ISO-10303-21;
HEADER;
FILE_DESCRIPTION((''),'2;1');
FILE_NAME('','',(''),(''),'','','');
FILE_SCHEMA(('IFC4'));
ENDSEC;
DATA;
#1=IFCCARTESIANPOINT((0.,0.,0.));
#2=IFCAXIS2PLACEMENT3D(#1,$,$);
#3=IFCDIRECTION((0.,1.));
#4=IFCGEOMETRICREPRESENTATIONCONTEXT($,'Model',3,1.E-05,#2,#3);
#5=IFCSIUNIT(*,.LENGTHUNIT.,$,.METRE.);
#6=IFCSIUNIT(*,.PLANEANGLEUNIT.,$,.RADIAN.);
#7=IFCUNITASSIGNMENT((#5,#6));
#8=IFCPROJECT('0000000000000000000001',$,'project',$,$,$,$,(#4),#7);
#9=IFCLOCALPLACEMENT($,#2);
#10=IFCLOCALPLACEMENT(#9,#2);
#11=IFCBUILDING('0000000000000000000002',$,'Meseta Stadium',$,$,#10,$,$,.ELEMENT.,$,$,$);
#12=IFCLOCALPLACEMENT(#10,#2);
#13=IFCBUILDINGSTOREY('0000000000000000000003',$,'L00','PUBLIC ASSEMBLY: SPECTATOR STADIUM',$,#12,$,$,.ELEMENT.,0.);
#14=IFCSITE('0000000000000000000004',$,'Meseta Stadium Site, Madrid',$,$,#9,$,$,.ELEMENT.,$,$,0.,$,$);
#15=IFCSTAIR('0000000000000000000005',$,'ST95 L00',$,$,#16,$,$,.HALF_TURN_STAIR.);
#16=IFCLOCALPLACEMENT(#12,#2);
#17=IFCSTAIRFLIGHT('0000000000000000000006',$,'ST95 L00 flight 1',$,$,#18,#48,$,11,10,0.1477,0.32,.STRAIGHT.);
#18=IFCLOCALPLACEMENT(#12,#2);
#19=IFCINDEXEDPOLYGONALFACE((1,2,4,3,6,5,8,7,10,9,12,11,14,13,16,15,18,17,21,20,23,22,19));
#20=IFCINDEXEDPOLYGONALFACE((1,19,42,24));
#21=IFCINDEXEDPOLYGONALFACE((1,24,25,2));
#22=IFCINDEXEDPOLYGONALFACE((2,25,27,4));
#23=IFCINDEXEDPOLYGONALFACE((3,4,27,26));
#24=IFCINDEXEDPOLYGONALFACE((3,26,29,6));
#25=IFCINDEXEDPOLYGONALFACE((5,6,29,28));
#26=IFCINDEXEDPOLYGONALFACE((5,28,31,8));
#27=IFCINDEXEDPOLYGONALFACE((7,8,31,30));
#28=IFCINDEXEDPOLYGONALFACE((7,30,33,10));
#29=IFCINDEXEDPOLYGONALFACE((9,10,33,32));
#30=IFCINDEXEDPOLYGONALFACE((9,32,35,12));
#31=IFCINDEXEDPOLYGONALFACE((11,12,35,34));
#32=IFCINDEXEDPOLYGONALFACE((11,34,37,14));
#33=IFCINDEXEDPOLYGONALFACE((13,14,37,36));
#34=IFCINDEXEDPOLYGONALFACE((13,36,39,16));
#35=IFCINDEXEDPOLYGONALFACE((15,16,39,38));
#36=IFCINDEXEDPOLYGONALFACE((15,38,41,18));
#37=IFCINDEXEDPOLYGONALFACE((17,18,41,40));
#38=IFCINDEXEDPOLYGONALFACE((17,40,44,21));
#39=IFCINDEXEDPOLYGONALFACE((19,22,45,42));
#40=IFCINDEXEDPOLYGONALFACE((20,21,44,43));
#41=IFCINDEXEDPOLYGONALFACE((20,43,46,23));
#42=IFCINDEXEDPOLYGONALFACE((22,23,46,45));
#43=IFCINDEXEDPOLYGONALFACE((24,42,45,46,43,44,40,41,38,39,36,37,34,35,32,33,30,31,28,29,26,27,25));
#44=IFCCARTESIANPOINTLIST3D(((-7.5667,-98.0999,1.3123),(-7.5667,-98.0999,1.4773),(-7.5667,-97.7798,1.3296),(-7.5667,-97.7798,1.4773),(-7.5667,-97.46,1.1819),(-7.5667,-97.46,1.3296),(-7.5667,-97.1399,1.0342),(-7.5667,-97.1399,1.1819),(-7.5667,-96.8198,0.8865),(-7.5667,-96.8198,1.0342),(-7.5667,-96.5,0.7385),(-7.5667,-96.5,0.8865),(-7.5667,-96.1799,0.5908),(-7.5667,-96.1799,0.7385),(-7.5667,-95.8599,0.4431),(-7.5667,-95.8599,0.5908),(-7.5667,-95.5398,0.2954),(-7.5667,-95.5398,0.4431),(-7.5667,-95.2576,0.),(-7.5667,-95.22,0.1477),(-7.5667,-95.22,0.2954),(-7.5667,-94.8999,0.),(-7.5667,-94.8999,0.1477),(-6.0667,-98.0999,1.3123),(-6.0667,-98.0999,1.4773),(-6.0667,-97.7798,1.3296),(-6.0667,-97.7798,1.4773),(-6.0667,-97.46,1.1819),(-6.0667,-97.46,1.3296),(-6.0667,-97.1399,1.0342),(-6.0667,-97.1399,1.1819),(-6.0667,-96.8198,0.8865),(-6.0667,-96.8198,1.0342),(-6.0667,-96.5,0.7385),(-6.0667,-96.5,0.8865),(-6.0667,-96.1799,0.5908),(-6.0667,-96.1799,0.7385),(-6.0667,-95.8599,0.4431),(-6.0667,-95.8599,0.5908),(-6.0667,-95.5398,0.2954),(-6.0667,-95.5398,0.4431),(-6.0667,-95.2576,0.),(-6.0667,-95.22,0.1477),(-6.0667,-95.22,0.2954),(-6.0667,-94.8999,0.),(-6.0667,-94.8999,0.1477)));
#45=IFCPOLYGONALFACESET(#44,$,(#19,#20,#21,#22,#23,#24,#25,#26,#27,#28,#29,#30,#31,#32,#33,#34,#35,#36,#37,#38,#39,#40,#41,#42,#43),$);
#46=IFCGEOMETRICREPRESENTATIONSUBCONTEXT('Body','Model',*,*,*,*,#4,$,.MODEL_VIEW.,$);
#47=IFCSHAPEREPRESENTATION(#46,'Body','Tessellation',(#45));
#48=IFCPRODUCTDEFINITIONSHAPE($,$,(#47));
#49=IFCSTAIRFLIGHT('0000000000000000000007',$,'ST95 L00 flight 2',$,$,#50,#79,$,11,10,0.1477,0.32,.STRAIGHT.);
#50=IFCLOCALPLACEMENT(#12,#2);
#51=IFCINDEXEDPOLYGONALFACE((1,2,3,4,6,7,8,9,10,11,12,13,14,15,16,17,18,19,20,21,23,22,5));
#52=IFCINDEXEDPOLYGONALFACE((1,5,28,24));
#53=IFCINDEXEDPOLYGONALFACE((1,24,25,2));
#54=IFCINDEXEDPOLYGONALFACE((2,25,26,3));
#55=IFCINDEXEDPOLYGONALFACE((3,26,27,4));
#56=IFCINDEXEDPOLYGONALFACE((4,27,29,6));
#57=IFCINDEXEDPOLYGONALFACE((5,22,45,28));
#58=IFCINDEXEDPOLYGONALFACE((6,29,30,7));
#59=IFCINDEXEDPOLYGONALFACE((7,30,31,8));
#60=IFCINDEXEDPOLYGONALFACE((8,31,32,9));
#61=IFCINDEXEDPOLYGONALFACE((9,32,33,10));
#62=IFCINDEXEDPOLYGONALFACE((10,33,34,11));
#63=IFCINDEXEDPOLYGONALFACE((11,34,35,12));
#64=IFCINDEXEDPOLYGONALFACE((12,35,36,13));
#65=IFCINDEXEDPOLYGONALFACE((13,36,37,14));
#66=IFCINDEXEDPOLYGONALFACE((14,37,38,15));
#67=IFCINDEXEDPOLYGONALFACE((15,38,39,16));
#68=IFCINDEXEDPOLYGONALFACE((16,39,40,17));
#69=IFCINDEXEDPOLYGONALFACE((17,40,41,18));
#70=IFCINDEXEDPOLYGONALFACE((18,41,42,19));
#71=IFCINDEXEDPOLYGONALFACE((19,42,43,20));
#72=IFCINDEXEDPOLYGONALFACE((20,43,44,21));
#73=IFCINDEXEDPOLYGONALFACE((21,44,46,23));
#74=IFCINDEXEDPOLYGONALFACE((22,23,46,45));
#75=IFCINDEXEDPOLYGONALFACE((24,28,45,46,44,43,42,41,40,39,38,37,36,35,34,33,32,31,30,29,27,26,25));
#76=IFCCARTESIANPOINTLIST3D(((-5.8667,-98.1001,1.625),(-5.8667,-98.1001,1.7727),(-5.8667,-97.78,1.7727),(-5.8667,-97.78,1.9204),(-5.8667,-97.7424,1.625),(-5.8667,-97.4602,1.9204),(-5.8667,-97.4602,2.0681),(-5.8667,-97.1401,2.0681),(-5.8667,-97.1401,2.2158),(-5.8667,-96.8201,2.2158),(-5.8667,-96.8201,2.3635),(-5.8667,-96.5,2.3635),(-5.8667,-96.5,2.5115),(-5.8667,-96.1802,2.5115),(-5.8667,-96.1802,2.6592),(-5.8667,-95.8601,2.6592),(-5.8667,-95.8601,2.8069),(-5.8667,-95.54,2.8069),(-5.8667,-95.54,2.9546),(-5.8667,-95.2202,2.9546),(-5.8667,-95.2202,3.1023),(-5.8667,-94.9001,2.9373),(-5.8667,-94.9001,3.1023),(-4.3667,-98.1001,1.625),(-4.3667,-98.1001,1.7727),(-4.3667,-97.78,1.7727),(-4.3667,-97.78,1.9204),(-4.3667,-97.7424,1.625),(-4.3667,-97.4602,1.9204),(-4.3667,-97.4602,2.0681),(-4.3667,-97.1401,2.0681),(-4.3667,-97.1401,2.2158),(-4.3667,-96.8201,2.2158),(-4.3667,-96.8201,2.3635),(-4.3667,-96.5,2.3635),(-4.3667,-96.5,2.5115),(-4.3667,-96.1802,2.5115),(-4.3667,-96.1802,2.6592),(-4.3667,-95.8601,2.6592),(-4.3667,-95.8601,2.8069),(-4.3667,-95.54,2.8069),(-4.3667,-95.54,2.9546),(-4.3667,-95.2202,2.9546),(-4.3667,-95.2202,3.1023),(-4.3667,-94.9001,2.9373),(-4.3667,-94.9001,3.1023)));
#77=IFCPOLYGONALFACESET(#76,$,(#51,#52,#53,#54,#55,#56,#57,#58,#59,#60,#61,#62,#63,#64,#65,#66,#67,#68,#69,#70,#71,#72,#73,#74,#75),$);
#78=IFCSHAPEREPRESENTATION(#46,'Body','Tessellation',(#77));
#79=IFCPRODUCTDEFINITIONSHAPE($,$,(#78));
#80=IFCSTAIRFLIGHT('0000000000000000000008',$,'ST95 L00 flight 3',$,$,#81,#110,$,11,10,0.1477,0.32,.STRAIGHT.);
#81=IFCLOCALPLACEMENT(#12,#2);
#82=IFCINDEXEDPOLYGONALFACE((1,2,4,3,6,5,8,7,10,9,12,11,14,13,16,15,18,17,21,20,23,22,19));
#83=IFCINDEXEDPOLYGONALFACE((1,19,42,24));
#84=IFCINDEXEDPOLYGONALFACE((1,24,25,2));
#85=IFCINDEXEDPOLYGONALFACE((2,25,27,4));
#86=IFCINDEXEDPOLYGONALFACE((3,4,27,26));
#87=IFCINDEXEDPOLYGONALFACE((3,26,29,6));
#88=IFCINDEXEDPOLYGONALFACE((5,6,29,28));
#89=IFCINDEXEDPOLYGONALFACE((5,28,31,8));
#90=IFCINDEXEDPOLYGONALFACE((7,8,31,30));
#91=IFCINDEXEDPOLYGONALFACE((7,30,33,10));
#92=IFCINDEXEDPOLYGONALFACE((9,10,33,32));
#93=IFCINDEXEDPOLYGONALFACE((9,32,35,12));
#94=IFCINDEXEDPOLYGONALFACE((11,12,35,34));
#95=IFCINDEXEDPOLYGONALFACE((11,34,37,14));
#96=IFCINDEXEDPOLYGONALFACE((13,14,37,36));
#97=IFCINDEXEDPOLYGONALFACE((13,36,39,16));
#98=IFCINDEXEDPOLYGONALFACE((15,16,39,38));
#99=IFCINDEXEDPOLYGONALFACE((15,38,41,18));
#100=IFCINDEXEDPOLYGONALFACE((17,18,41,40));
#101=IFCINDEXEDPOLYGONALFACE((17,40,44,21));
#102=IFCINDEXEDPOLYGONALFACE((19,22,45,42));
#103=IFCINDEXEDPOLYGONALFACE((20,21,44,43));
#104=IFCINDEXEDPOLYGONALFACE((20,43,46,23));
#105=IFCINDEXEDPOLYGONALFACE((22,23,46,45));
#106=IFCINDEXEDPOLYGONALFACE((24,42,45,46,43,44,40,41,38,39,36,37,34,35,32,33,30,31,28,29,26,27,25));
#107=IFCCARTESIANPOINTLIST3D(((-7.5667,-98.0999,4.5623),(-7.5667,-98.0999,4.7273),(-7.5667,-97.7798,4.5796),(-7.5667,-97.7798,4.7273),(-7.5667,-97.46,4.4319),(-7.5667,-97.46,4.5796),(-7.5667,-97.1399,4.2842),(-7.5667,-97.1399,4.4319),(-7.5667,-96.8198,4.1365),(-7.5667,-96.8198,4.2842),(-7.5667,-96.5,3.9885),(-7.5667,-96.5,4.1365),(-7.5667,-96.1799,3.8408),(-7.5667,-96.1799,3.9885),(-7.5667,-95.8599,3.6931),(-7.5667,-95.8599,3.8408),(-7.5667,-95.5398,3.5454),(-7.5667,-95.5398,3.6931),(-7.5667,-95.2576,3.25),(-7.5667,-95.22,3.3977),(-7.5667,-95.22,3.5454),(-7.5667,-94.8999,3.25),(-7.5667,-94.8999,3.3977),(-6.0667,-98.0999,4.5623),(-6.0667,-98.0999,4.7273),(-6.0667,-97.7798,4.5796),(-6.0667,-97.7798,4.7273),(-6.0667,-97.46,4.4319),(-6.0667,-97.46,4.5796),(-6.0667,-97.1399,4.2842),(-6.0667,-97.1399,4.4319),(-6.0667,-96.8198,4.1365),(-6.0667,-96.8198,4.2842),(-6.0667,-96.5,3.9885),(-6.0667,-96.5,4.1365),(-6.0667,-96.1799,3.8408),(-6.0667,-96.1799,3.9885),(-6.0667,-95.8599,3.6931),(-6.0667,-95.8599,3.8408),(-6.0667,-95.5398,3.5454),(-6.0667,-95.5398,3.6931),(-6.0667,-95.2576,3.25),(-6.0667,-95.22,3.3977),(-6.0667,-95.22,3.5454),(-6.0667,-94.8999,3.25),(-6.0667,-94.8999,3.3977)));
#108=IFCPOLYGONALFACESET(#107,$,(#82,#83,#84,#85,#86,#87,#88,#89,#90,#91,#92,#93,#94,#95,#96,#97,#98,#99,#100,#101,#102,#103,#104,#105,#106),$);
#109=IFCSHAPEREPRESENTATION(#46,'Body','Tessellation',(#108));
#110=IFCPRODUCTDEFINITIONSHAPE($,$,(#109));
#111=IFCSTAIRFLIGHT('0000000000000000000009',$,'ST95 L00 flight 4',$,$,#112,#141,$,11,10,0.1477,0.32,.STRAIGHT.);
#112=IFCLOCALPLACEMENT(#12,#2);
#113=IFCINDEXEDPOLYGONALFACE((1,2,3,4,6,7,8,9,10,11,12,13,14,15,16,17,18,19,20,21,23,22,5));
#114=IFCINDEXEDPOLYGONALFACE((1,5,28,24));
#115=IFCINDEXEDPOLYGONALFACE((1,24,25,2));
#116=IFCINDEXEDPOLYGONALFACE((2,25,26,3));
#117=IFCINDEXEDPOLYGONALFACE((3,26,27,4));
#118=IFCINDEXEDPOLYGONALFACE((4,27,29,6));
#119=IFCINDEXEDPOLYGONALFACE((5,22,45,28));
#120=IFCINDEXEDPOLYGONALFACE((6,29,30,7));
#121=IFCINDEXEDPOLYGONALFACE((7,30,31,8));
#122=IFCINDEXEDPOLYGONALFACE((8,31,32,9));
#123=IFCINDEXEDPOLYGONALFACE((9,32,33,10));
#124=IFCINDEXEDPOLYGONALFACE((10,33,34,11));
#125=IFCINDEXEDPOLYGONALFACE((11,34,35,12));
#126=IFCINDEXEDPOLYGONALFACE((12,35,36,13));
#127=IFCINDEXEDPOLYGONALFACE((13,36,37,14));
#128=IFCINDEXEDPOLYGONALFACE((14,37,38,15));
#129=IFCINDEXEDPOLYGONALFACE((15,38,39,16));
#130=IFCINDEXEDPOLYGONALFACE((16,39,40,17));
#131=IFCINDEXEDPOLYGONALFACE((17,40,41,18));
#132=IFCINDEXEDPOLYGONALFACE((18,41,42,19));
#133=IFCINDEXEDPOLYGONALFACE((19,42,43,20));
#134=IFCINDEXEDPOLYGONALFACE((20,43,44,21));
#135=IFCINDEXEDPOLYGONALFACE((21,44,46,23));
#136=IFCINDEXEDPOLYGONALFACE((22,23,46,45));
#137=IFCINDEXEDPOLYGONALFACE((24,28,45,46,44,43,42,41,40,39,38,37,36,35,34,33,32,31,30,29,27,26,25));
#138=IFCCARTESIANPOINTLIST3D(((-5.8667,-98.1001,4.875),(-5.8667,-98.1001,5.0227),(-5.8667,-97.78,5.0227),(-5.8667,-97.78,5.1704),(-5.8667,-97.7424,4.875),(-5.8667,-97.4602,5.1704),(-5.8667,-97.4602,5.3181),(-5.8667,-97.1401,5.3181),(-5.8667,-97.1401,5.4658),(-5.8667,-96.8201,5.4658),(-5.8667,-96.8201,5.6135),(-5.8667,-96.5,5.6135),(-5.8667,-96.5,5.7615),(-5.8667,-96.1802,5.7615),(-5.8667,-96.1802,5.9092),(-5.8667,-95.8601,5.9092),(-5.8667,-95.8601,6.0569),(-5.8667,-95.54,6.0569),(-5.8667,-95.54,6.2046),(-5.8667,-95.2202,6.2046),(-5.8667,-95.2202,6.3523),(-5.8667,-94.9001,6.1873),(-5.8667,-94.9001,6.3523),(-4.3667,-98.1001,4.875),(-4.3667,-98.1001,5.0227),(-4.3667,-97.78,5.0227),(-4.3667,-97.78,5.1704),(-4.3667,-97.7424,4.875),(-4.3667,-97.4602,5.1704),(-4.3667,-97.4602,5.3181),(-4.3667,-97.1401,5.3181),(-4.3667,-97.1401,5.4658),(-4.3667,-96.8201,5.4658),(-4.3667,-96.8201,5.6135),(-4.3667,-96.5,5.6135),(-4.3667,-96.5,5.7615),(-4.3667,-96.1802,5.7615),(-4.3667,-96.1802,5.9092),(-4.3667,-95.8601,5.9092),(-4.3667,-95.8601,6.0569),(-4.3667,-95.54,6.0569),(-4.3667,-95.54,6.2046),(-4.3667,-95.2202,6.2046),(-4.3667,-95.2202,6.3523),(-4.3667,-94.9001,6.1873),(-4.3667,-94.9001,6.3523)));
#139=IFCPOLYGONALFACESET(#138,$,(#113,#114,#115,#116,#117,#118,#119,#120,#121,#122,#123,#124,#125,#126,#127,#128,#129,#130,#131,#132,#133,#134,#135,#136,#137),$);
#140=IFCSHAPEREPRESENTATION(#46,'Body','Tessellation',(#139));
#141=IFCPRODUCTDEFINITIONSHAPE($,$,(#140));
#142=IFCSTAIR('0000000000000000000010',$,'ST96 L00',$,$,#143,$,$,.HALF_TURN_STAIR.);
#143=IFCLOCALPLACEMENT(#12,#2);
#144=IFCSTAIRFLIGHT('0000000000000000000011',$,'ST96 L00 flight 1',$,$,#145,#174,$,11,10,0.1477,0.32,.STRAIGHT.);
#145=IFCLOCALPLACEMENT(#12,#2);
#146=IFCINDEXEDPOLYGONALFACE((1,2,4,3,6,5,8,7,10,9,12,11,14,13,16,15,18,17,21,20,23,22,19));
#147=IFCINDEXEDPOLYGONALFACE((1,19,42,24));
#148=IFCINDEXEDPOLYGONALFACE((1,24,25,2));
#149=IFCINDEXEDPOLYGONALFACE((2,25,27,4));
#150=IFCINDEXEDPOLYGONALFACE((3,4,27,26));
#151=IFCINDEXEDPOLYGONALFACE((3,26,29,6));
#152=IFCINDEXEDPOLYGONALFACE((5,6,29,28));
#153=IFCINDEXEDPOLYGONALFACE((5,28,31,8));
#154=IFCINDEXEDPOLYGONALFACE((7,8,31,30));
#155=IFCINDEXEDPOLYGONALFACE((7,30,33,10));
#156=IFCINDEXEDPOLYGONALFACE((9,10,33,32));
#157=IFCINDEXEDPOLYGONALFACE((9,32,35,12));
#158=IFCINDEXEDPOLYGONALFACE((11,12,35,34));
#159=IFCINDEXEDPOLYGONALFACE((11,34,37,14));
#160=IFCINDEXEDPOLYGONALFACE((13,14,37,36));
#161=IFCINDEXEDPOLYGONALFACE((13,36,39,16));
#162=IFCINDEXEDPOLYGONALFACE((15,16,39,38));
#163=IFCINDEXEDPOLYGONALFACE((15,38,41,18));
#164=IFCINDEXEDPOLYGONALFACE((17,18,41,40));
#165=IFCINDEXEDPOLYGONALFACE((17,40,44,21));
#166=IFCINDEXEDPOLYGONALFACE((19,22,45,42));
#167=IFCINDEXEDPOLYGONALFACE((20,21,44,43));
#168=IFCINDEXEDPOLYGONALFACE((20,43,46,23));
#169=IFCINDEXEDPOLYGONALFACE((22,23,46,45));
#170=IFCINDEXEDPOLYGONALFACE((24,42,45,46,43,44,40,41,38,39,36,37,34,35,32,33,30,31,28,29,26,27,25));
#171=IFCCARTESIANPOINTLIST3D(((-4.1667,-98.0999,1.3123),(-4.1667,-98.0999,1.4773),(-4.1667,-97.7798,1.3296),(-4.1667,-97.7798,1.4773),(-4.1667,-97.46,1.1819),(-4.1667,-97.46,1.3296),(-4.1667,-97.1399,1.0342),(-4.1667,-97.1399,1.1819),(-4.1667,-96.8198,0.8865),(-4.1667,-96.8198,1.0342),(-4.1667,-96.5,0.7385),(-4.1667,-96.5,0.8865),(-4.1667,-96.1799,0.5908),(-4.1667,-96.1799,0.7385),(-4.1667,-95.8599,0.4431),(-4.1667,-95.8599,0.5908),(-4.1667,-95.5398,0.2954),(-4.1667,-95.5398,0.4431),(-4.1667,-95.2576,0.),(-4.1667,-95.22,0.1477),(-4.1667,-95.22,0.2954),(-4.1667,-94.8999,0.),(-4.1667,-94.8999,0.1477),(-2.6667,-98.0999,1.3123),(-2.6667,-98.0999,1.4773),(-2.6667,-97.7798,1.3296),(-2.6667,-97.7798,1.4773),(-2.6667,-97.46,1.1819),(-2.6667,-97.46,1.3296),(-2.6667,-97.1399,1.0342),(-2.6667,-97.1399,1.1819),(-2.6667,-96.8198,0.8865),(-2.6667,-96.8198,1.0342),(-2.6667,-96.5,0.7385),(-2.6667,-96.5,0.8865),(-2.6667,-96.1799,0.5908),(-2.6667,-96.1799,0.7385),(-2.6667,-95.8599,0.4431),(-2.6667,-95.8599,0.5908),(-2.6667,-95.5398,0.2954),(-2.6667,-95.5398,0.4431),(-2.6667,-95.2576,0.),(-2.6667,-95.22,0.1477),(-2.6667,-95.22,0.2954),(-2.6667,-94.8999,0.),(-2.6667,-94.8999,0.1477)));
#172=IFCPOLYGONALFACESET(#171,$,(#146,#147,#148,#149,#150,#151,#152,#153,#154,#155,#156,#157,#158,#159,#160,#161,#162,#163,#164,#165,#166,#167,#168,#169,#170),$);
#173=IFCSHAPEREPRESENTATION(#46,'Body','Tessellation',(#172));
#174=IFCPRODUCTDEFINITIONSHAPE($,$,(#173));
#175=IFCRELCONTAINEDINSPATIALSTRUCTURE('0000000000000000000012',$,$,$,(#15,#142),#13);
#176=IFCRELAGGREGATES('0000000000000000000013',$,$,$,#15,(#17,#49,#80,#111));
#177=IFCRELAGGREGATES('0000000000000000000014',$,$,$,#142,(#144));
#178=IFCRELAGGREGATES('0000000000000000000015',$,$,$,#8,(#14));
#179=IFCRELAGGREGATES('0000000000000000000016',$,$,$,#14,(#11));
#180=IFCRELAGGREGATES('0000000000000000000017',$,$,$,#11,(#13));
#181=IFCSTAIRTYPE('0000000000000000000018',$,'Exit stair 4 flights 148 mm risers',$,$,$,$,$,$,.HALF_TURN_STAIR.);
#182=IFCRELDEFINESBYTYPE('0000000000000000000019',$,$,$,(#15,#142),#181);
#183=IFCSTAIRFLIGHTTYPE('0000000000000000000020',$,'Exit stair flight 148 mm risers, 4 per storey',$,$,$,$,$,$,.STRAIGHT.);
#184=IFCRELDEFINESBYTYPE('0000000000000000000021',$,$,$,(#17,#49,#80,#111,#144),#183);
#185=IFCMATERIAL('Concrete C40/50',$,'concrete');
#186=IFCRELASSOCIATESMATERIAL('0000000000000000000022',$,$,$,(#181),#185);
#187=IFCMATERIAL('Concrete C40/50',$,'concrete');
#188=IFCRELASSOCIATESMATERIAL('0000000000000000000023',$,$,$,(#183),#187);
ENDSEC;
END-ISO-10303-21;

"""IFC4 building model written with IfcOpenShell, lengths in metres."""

from ifc_helpers import new_model, si_unit, direction, frame, origin, place, context, subcontext, project, spatial, polyline, outline, extrude, material, type_object, element, aggregate, save


model = new_model("IFC4")

# Units and contexts
model_context = context("Model", 3, precision=1e-05, world=origin(), true_north=direction((0.0, 1.0)))
body_context = subcontext(model_context, "Body", "Model", "MODEL_VIEW")
ifc_project = project(units=[si_unit("LENGTHUNIT", "METRE"), si_unit("PLANEANGLEUNIT", "RADIAN")], contexts=[model_context])

# Site, building, storey
site_placement = place(None, origin())
site = spatial("IfcSite", under=ifc_project, at=site_placement, Name="Meseta Stadium Site, Madrid", CompositionType="ELEMENT", RefElevation=0.0)
building_placement = place(site_placement, origin())
building = spatial("IfcBuilding", under=site, at=building_placement, Name="Meseta Stadium", CompositionType="ELEMENT")
storey_placement = place(building_placement, origin())
storey = spatial("IfcBuildingStorey", under=building, at=storey_placement, Name="L00", Description="PUBLIC ASSEMBLY: SPECTATOR STADIUM", CompositionType="ELEMENT", Elevation=0.0)

# Stairs, stair flights
ifc_material_1 = material(Name="Concrete C40/50", Category="concrete")
stair_type = type_object("IfcStairType", Name="Exit stair 4 flights 148 mm risers", PredefinedType="HALF_TURN_STAIR", material=ifc_material_1)
stair_1_placement = place(storey_placement, origin())
stair_1 = element("IfcStair", 1, at=stair_1_placement, inside=storey, type_object=stair_type, Name="ST95 L00", PredefinedType="HALF_TURN_STAIR")
ifc_material_2 = material(Name="Concrete C40/50", Category="concrete")
stair_flight_type = type_object("IfcStairFlightType", Name="Exit stair flight 148 mm risers, 4 per storey", PredefinedType="STRAIGHT", material=ifc_material_2)
stair_flight_1_placement = place(storey_placement, frame((-6.8167, -94.8999, 0.0), z_axis=(0.0, 0.0, 1.0), x_axis=(0.0, -1.0, 0.0)))
stair_flight_1 = element("IfcStairFlight", 2, at=stair_flight_1_placement, type_object=stair_flight_type, Name="ST95 L00 flight 1", NumberOfRisers=11, NumberOfTreads=10, PredefinedType="STRAIGHT", RiserHeight=0.1477, TreadLength=0.32, context=body_context, shape_type="SweptSolid", body=[
    extrude(outline(polyline([(0.0, 0.0), (0.0, 0.1477), (0.3201, 0.1477), (0.3201, 0.2954), (0.6399, 0.2954), (0.6399, 0.4431), (0.96, 0.4431), (0.96, 0.5908), (1.28, 0.5908), (1.28, 0.7385), (1.6001, 0.7385), (1.6001, 0.8865), (1.9199, 0.8865), (1.9199, 1.0342), (2.24, 1.0342), (2.24, 1.1819), (2.5601, 1.1819), (2.5601, 1.3296), (2.8799, 1.3296), (2.8799, 1.4773), (3.2, 1.4773), (3.2, 1.3123), (0.3577, 0.0), (0.0, 0.0)])), frame((0.0, 0.75, 0.0), z_axis=(0.0, -1.0, 0.0), x_axis=(1.0, 0.0, 0.0)), (0.0, 0.0, 1.0), 1.5),
])
stair_flight_2_placement = place(storey_placement, frame((-5.1167, -98.1001, 1.625), z_axis=(0.0, 0.0, 1.0), x_axis=(0.0, 1.0, 0.0)))
stair_flight_2 = element("IfcStairFlight", 3, at=stair_flight_2_placement, type_object=stair_flight_type, Name="ST95 L00 flight 2", NumberOfRisers=11, NumberOfTreads=10, PredefinedType="STRAIGHT", RiserHeight=0.1477, TreadLength=0.32, context=body_context, shape_type="SweptSolid", body=[
    extrude(outline(polyline([(0.0, 0.0), (0.0, 0.1477), (0.3201, 0.1477), (0.3201, 0.2954), (0.6399, 0.2954), (0.6399, 0.4431), (0.96, 0.4431), (0.96, 0.5908), (1.28, 0.5908), (1.28, 0.7385), (1.6001, 0.7385), (1.6001, 0.8865), (1.9199, 0.8865), (1.9199, 1.0342), (2.24, 1.0342), (2.24, 1.1819), (2.5601, 1.1819), (2.5601, 1.3296), (2.8799, 1.3296), (2.8799, 1.4773), (3.2, 1.4773), (3.2, 1.3123), (0.3577, 0.0), (0.0, 0.0)])), frame((0.0, 0.75, 0.0), z_axis=(0.0, -1.0, 0.0), x_axis=(1.0, 0.0, 0.0)), (0.0, 0.0, 1.0), 1.5),
])
stair_flight_3_placement = place(storey_placement, frame((-6.8167, -94.8999, 3.25), z_axis=(0.0, 0.0, 1.0), x_axis=(0.0, -1.0, 0.0)))
stair_flight_3 = element("IfcStairFlight", 4, at=stair_flight_3_placement, type_object=stair_flight_type, Name="ST95 L00 flight 3", NumberOfRisers=11, NumberOfTreads=10, PredefinedType="STRAIGHT", RiserHeight=0.1477, TreadLength=0.32, context=body_context, shape_type="SweptSolid", body=[
    extrude(outline(polyline([(0.0, 0.0), (0.0, 0.1477), (0.3201, 0.1477), (0.3201, 0.2954), (0.6399, 0.2954), (0.6399, 0.4431), (0.96, 0.4431), (0.96, 0.5908), (1.28, 0.5908), (1.28, 0.7385), (1.6001, 0.7385), (1.6001, 0.8865), (1.9199, 0.8865), (1.9199, 1.0342), (2.24, 1.0342), (2.24, 1.1819), (2.5601, 1.1819), (2.5601, 1.3296), (2.8799, 1.3296), (2.8799, 1.4773), (3.2, 1.4773), (3.2, 1.3123), (0.3577, 0.0), (0.0, 0.0)])), frame((0.0, 0.75, 0.0), z_axis=(0.0, -1.0, 0.0), x_axis=(1.0, 0.0, 0.0)), (0.0, 0.0, 1.0), 1.5),
])
stair_flight_4_placement = place(storey_placement, frame((-5.1167, -98.1001, 4.875), z_axis=(0.0, 0.0, 1.0), x_axis=(0.0, 1.0, 0.0)))
stair_flight_4 = element("IfcStairFlight", 5, at=stair_flight_4_placement, type_object=stair_flight_type, Name="ST95 L00 flight 4", NumberOfRisers=11, NumberOfTreads=10, PredefinedType="STRAIGHT", RiserHeight=0.1477, TreadLength=0.32, context=body_context, shape_type="SweptSolid", body=[
    extrude(outline(polyline([(0.0, 0.0), (0.0, 0.1477), (0.3201, 0.1477), (0.3201, 0.2954), (0.6399, 0.2954), (0.6399, 0.4431), (0.96, 0.4431), (0.96, 0.5908), (1.28, 0.5908), (1.28, 0.7385), (1.6001, 0.7385), (1.6001, 0.8865), (1.9199, 0.8865), (1.9199, 1.0342), (2.24, 1.0342), (2.24, 1.1819), (2.5601, 1.1819), (2.5601, 1.3296), (2.8799, 1.3296), (2.8799, 1.4773), (3.2, 1.4773), (3.2, 1.3123), (0.3577, 0.0), (0.0, 0.0)])), frame((0.0, 0.75, 0.0), z_axis=(0.0, -1.0, 0.0), x_axis=(1.0, 0.0, 0.0)), (0.0, 0.0, 1.0), 1.5),
])
aggregate(stair_1, [stair_flight_1, stair_flight_2, stair_flight_3, stair_flight_4])
stair_2_placement = place(storey_placement, origin())
stair_2 = element("IfcStair", 6, at=stair_2_placement, inside=storey, type_object=stair_type, Name="ST96 L00", PredefinedType="HALF_TURN_STAIR")
stair_flight_5_placement = place(storey_placement, frame((-3.4167, -94.8999, 0.0), z_axis=(0.0, 0.0, 1.0), x_axis=(0.0, -1.0, 0.0)))
stair_flight_5 = element("IfcStairFlight", 7, at=stair_flight_5_placement, type_object=stair_flight_type, Name="ST96 L00 flight 1", NumberOfRisers=11, NumberOfTreads=10, PredefinedType="STRAIGHT", RiserHeight=0.1477, TreadLength=0.32, context=body_context, shape_type="SweptSolid", body=[
    extrude(outline(polyline([(0.0, 0.0), (0.0, 0.1477), (0.3201, 0.1477), (0.3201, 0.2954), (0.6399, 0.2954), (0.6399, 0.4431), (0.96, 0.4431), (0.96, 0.5908), (1.28, 0.5908), (1.28, 0.7385), (1.6001, 0.7385), (1.6001, 0.8865), (1.9199, 0.8865), (1.9199, 1.0342), (2.24, 1.0342), (2.24, 1.1819), (2.5601, 1.1819), (2.5601, 1.3296), (2.8799, 1.3296), (2.8799, 1.4773), (3.2, 1.4773), (3.2, 1.3123), (0.3577, 0.0), (0.0, 0.0)])), frame((0.0, 0.75, 0.0), z_axis=(0.0, -1.0, 0.0), x_axis=(1.0, 0.0, 0.0)), (0.0, 0.0, 1.0), 1.5),
])
aggregate(stair_2, [stair_flight_5])

save(model, "model.ifc")
